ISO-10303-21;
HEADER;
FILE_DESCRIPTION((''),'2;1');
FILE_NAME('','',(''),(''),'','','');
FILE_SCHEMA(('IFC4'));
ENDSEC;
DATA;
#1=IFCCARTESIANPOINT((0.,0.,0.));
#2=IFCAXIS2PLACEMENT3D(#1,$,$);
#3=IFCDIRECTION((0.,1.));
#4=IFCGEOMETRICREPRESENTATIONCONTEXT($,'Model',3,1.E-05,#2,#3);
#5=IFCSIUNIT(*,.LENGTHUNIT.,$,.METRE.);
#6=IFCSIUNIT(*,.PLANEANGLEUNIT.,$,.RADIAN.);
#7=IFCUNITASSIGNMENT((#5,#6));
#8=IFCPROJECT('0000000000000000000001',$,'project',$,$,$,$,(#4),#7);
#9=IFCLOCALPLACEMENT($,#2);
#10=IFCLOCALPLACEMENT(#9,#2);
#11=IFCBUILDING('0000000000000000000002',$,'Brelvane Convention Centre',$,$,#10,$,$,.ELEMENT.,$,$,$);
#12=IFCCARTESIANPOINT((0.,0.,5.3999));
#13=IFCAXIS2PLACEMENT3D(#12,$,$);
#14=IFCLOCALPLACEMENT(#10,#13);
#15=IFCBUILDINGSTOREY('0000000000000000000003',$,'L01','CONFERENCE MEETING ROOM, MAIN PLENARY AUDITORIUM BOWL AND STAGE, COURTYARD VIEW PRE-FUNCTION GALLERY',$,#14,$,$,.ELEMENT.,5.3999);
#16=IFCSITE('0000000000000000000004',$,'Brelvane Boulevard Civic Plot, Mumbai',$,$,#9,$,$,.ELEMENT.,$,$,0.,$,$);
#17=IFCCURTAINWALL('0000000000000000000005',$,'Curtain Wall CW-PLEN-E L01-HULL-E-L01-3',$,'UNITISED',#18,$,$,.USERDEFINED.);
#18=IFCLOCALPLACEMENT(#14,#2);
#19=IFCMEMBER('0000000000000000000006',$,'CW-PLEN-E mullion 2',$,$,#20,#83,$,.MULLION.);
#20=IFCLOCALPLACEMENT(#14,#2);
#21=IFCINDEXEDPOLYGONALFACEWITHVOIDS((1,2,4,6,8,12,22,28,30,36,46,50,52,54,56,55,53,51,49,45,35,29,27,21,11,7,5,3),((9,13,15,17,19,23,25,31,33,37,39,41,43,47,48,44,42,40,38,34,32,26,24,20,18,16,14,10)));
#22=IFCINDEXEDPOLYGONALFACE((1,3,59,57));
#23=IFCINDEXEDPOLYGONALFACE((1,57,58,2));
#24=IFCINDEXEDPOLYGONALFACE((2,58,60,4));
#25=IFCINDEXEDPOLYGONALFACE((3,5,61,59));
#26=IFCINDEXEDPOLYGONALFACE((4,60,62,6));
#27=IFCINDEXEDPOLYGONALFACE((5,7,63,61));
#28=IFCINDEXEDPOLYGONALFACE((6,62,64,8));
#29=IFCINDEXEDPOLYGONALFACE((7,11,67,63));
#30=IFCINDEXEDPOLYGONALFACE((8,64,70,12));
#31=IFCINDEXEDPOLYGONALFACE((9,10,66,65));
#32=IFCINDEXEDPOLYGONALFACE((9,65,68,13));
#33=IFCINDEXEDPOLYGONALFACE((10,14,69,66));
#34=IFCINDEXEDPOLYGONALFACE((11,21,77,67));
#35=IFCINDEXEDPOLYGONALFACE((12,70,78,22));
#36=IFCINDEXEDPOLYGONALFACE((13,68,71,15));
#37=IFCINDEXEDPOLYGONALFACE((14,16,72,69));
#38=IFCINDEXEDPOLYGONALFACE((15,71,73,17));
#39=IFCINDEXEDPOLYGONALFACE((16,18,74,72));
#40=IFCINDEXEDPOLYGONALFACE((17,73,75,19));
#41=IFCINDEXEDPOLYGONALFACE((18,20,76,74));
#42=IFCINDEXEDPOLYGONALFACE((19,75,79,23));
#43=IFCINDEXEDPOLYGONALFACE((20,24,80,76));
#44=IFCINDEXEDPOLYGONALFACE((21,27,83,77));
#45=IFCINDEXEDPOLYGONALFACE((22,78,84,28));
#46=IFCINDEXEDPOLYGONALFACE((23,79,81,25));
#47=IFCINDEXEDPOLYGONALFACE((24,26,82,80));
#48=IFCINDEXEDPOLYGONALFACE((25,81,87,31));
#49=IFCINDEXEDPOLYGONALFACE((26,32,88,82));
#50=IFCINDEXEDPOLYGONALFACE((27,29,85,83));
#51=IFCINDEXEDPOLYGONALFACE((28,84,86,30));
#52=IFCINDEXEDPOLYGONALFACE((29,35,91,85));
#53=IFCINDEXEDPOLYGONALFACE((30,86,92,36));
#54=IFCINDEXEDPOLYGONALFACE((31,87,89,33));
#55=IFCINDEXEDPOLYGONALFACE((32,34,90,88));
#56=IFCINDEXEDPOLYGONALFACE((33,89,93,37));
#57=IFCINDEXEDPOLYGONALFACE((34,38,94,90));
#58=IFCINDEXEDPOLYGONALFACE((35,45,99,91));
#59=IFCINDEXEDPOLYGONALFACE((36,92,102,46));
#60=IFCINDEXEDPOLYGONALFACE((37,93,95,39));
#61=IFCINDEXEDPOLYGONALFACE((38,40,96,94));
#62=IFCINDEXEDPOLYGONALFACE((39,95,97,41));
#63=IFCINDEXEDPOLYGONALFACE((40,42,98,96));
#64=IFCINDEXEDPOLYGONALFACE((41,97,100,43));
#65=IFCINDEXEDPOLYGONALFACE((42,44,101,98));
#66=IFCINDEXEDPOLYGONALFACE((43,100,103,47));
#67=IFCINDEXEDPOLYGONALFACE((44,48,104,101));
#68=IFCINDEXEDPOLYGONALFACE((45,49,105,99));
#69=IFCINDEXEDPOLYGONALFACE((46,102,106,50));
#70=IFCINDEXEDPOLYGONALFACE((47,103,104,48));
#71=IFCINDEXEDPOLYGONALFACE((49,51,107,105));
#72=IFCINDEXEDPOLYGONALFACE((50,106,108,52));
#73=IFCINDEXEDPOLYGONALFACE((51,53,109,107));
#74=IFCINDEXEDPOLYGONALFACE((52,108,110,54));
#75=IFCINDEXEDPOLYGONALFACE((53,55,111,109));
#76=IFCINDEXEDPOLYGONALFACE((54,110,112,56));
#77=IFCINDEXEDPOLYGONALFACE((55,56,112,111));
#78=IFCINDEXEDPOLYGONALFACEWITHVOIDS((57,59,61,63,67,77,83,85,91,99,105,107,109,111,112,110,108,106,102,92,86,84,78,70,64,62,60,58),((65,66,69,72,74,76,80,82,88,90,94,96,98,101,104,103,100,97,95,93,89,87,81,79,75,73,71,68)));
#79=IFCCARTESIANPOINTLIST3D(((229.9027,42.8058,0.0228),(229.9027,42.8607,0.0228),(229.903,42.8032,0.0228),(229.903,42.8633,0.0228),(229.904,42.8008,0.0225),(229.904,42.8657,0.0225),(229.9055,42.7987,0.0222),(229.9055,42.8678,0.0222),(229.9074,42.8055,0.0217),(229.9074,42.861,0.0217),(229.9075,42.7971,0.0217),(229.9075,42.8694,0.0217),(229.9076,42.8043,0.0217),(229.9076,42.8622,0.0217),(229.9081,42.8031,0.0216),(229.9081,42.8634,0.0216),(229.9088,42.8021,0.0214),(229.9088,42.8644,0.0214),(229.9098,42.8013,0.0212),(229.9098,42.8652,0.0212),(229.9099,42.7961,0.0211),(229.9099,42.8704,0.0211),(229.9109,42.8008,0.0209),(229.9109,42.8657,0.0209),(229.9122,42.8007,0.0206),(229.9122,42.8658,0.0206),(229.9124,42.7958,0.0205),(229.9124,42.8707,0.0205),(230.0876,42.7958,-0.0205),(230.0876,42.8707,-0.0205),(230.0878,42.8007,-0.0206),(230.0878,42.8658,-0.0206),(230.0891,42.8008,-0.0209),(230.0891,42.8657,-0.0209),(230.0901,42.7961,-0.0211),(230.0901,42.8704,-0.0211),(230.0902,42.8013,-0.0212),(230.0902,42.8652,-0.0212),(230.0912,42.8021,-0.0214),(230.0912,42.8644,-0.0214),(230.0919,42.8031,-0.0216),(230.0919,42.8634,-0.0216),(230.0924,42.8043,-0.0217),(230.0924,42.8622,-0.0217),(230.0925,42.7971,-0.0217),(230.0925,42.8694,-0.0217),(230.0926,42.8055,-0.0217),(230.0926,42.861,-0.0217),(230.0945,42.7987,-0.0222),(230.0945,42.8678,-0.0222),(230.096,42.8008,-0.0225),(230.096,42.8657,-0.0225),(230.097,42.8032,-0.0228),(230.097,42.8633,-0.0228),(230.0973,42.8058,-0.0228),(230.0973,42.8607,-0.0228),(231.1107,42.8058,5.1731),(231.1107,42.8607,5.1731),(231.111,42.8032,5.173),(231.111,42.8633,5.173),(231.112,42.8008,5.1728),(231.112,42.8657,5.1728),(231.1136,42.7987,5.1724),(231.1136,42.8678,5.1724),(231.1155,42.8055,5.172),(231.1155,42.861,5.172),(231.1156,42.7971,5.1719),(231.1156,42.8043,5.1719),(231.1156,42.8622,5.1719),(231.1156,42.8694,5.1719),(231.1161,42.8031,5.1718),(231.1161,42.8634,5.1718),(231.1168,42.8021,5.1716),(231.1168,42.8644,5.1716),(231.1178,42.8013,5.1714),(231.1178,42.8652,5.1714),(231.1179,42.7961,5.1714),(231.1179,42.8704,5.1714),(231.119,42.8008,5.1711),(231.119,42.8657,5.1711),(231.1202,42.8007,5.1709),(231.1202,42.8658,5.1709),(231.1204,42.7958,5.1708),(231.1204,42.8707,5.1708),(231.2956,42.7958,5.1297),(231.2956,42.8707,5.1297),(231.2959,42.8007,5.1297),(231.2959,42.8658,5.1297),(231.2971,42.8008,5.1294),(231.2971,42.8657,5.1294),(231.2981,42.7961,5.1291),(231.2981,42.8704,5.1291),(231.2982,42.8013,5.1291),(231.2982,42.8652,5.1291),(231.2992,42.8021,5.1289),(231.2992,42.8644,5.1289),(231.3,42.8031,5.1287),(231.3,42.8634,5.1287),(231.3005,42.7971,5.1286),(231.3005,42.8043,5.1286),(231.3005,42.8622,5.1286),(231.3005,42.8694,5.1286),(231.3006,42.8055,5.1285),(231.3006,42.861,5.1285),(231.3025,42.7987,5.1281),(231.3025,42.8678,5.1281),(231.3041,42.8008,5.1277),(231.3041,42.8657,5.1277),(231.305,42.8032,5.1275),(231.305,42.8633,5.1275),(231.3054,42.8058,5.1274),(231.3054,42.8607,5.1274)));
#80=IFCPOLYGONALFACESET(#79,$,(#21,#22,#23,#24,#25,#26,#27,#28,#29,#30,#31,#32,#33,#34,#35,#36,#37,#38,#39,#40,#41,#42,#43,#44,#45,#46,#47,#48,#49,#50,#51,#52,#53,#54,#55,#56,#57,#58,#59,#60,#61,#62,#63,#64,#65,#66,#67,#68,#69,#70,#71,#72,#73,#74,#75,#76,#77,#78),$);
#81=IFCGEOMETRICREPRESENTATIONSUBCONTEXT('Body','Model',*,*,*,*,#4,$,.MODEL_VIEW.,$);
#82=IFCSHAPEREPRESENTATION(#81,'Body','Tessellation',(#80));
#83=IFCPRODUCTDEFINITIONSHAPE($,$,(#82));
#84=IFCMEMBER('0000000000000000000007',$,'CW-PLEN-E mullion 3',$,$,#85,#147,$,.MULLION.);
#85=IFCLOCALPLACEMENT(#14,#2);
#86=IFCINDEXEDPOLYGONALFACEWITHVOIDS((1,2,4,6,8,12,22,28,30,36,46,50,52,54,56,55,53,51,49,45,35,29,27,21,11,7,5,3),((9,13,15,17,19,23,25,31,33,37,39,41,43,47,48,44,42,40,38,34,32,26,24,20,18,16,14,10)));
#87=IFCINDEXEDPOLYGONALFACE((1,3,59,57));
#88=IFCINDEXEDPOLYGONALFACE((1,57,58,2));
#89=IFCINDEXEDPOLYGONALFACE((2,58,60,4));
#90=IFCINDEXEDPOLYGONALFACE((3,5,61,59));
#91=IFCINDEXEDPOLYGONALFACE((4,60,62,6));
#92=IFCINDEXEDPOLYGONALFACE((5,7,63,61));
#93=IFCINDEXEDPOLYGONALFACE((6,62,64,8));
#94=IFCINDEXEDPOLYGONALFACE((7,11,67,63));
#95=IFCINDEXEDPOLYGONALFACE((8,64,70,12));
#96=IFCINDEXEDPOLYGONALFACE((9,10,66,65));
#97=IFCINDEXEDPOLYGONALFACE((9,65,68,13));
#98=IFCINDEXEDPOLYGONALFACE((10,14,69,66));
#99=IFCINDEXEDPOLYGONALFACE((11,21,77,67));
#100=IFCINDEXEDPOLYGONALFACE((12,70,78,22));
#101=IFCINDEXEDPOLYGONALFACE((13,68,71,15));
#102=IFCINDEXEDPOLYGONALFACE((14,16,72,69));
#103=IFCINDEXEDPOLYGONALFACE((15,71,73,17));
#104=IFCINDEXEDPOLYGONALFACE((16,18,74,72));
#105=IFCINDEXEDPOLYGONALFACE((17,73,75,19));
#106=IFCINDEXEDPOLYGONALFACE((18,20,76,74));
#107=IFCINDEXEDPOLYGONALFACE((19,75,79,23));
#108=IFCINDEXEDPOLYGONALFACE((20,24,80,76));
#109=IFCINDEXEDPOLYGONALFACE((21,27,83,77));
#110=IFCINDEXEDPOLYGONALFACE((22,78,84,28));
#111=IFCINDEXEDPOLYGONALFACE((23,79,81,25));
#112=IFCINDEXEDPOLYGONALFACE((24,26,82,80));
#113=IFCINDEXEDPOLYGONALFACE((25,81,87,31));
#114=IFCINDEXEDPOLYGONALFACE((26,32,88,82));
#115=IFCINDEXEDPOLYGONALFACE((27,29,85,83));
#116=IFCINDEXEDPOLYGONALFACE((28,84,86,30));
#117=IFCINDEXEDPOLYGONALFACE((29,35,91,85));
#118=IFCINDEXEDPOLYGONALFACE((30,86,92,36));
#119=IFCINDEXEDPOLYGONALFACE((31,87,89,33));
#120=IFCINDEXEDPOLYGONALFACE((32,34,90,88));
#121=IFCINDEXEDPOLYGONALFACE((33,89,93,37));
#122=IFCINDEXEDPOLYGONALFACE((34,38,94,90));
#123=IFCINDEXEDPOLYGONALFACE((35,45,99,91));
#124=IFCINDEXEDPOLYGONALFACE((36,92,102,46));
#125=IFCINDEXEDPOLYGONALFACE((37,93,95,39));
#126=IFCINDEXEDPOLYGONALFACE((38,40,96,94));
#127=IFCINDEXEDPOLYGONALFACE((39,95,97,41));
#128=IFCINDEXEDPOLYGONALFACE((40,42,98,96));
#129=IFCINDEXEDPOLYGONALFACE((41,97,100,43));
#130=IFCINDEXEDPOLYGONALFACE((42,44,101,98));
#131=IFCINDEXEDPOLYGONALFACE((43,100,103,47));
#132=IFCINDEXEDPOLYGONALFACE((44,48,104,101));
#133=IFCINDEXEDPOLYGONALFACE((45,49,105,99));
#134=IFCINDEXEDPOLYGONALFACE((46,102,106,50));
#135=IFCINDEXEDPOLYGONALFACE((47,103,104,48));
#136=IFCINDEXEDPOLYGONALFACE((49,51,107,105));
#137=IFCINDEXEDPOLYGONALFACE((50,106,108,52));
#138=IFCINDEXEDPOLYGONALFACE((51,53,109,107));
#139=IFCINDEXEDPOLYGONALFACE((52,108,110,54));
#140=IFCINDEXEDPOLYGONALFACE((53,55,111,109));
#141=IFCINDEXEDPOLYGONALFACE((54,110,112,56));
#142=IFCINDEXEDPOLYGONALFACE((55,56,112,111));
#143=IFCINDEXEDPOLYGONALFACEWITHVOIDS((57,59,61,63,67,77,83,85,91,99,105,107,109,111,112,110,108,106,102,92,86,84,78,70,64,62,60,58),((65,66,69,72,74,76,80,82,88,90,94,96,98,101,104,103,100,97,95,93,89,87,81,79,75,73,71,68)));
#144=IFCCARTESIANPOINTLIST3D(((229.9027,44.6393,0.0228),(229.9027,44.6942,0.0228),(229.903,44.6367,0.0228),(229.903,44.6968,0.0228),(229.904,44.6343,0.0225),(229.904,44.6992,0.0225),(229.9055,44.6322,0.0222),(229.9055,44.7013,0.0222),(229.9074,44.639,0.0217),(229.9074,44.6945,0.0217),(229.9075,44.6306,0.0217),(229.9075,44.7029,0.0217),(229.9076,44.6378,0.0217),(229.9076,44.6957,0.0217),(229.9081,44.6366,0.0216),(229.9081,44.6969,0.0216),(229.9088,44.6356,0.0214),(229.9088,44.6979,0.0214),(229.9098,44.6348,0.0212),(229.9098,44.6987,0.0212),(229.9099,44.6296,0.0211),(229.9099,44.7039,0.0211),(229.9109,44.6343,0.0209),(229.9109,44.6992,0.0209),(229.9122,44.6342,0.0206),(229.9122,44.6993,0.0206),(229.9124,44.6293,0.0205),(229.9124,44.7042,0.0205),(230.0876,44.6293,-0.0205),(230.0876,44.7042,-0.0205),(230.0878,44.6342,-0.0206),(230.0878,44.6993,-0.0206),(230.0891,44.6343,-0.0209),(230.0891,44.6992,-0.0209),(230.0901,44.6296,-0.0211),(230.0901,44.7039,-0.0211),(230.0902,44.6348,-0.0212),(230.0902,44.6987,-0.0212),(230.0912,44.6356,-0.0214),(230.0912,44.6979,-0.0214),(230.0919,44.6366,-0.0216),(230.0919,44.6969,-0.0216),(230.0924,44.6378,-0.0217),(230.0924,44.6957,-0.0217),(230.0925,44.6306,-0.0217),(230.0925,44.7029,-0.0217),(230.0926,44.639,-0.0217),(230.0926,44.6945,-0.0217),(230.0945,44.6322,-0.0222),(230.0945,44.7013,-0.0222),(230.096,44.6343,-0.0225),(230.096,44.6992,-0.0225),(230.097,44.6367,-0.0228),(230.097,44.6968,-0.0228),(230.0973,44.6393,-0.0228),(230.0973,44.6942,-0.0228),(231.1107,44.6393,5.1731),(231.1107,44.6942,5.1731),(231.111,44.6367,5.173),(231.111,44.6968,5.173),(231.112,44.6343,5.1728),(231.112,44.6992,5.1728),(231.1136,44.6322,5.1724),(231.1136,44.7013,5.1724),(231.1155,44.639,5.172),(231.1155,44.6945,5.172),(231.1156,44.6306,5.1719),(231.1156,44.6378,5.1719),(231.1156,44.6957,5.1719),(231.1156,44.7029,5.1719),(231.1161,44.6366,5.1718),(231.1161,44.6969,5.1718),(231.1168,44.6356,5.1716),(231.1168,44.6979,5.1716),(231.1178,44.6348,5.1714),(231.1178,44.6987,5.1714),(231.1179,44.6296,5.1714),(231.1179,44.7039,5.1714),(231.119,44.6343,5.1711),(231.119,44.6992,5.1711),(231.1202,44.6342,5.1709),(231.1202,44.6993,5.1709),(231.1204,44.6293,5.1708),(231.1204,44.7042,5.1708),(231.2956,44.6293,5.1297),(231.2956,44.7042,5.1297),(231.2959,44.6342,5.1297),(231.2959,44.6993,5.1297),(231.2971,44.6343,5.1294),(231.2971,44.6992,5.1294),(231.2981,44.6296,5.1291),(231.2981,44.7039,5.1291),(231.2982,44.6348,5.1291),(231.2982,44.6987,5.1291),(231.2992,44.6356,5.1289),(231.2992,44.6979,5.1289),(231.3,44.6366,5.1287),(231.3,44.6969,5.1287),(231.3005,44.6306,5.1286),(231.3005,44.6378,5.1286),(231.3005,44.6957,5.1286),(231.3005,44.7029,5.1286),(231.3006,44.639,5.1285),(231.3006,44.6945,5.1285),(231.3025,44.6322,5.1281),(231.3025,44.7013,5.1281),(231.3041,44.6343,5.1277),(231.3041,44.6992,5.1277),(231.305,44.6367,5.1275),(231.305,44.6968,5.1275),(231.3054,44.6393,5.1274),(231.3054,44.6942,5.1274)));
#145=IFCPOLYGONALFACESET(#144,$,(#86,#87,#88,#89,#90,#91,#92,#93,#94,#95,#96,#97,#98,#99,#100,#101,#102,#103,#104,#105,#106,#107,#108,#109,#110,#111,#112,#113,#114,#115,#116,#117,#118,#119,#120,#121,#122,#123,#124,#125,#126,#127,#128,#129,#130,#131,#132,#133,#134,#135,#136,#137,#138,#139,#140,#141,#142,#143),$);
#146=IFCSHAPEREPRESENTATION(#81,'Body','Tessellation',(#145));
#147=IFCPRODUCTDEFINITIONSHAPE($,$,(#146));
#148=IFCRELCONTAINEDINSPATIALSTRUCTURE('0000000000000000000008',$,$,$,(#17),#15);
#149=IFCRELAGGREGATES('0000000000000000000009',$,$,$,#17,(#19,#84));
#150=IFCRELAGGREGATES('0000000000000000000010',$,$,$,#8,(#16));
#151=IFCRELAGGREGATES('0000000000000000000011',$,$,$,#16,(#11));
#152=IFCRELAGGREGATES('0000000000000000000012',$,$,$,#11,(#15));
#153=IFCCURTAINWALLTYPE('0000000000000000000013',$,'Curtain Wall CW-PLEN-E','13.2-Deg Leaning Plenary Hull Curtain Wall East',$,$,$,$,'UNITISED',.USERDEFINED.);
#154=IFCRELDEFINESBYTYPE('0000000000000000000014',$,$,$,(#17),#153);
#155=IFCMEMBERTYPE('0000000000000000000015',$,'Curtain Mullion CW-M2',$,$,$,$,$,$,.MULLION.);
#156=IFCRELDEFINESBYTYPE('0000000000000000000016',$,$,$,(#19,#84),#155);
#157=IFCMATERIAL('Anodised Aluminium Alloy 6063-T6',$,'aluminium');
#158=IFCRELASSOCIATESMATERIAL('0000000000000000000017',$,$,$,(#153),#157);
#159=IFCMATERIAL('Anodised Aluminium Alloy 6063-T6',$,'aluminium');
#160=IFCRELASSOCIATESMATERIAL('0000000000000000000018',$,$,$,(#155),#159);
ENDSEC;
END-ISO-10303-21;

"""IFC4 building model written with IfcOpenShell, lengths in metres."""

from ifc_helpers import new_model, si_unit, direction, frame, origin, origin_2d, place, context, subcontext, project, spatial, hollow_rectangle, extrude, material, material_profile, profile_set, type_object, element, aggregate, save


model = new_model("IFC4")

# Units and contexts
model_context = context("Model", 3, precision=1e-05, world=origin(), true_north=direction((0.0, 1.0)))
body_context = subcontext(model_context, "Body", "Model", "MODEL_VIEW")
ifc_project = project(units=[si_unit("LENGTHUNIT", "METRE"), si_unit("PLANEANGLEUNIT", "RADIAN")], contexts=[model_context])

# Site, building, storey
site_placement = place(None, origin())
site = spatial("IfcSite", under=ifc_project, at=site_placement, Name="Brelvane Boulevard Civic Plot, Mumbai", CompositionType="ELEMENT", RefElevation=0.0)
building_placement = place(site_placement, origin())
building = spatial("IfcBuilding", under=site, at=building_placement, Name="Brelvane Convention Centre", CompositionType="ELEMENT")
storey_placement = place(building_placement, frame((0.0, 0.0, 5.3999)))
storey = spatial("IfcBuildingStorey", under=building, at=storey_placement, Name="L01", Description="CONFERENCE MEETING ROOM, MAIN PLENARY AUDITORIUM BOWL AND STAGE, COURTYARD VIEW PRE-FUNCTION GALLERY", CompositionType="ELEMENT", Elevation=5.3999)

# Curtain wall, members
ifc_material_1 = material(Name="Anodised Aluminium Alloy 6063-T6", Category="aluminium")
curtain_wall_type = type_object("IfcCurtainWallType", Name="Curtain Wall CW-PLEN-E", Description="13.2-Deg Leaning Plenary Hull Curtain Wall East", ElementType="UNITISED", PredefinedType="USERDEFINED", material=ifc_material_1)
curtain_wall_placement = place(storey_placement, origin())
curtain_wall = element("IfcCurtainWall", 1, at=curtain_wall_placement, inside=storey, type_object=curtain_wall_type, Name="Curtain Wall CW-PLEN-E L01-HULL-E-L01-3", ObjectType="UNITISED", PredefinedType="USERDEFINED")
ifc_material_2 = material(Name="Anodised Aluminium Alloy 6063-T6", Category="aluminium")
ifc_material_profile_1 = material_profile(ifc_material_2, hollow_rectangle(XDim=0.075, YDim=0.2, WallThickness=0.0049, InnerFilletRadius=0.0049, OuterFilletRadius=0.01, at=origin_2d()), Name="ALU-M 200x75x5.0")
ifc_profile_set_1 = profile_set([ifc_material_profile_1], Name="Anodised Aluminium Alloy 6063-T6")
member_type_1 = type_object("IfcMemberType", Name="Curtain Mullion CW-M2", PredefinedType="MULLION", material=ifc_profile_set_1)
member_1_placement = place(storey_placement, frame((230.0, 42.8333, 0.0), z_axis=(0.22836, 0.0, 0.973577), x_axis=(0.0, 1.0, 0.0)))
member_1 = element("IfcMember", 2, at=member_1_placement, type_object=member_type_1, Name="CW-PLEN-E mullion 2", PredefinedType="MULLION", context=body_context, shape_type="SweptSolid", body=[
    extrude(hollow_rectangle(XDim=0.075, YDim=0.2, WallThickness=0.0049, InnerFilletRadius=0.0049, OuterFilletRadius=0.01, at=origin_2d()), origin(), (0.0, 0.0, 1.0), 5.29),
])
member_2_placement = place(storey_placement, frame((230.0, 44.6667, 0.0), z_axis=(0.22836, 0.0, 0.973577), x_axis=(0.0, 1.0, 0.0)))
member_2 = element("IfcMember", 3, at=member_2_placement, type_object=member_type_1, Name="CW-PLEN-E mullion 3", PredefinedType="MULLION", context=body_context, shape_type="SweptSolid", body=[
    extrude(hollow_rectangle(XDim=0.075, YDim=0.2, WallThickness=0.0049, InnerFilletRadius=0.0049, OuterFilletRadius=0.01, at=origin_2d()), origin(), (0.0, 0.0, 1.0), 5.29),
])

aggregate(curtain_wall, [member_1, member_2])

save(model, "model.ifc")
